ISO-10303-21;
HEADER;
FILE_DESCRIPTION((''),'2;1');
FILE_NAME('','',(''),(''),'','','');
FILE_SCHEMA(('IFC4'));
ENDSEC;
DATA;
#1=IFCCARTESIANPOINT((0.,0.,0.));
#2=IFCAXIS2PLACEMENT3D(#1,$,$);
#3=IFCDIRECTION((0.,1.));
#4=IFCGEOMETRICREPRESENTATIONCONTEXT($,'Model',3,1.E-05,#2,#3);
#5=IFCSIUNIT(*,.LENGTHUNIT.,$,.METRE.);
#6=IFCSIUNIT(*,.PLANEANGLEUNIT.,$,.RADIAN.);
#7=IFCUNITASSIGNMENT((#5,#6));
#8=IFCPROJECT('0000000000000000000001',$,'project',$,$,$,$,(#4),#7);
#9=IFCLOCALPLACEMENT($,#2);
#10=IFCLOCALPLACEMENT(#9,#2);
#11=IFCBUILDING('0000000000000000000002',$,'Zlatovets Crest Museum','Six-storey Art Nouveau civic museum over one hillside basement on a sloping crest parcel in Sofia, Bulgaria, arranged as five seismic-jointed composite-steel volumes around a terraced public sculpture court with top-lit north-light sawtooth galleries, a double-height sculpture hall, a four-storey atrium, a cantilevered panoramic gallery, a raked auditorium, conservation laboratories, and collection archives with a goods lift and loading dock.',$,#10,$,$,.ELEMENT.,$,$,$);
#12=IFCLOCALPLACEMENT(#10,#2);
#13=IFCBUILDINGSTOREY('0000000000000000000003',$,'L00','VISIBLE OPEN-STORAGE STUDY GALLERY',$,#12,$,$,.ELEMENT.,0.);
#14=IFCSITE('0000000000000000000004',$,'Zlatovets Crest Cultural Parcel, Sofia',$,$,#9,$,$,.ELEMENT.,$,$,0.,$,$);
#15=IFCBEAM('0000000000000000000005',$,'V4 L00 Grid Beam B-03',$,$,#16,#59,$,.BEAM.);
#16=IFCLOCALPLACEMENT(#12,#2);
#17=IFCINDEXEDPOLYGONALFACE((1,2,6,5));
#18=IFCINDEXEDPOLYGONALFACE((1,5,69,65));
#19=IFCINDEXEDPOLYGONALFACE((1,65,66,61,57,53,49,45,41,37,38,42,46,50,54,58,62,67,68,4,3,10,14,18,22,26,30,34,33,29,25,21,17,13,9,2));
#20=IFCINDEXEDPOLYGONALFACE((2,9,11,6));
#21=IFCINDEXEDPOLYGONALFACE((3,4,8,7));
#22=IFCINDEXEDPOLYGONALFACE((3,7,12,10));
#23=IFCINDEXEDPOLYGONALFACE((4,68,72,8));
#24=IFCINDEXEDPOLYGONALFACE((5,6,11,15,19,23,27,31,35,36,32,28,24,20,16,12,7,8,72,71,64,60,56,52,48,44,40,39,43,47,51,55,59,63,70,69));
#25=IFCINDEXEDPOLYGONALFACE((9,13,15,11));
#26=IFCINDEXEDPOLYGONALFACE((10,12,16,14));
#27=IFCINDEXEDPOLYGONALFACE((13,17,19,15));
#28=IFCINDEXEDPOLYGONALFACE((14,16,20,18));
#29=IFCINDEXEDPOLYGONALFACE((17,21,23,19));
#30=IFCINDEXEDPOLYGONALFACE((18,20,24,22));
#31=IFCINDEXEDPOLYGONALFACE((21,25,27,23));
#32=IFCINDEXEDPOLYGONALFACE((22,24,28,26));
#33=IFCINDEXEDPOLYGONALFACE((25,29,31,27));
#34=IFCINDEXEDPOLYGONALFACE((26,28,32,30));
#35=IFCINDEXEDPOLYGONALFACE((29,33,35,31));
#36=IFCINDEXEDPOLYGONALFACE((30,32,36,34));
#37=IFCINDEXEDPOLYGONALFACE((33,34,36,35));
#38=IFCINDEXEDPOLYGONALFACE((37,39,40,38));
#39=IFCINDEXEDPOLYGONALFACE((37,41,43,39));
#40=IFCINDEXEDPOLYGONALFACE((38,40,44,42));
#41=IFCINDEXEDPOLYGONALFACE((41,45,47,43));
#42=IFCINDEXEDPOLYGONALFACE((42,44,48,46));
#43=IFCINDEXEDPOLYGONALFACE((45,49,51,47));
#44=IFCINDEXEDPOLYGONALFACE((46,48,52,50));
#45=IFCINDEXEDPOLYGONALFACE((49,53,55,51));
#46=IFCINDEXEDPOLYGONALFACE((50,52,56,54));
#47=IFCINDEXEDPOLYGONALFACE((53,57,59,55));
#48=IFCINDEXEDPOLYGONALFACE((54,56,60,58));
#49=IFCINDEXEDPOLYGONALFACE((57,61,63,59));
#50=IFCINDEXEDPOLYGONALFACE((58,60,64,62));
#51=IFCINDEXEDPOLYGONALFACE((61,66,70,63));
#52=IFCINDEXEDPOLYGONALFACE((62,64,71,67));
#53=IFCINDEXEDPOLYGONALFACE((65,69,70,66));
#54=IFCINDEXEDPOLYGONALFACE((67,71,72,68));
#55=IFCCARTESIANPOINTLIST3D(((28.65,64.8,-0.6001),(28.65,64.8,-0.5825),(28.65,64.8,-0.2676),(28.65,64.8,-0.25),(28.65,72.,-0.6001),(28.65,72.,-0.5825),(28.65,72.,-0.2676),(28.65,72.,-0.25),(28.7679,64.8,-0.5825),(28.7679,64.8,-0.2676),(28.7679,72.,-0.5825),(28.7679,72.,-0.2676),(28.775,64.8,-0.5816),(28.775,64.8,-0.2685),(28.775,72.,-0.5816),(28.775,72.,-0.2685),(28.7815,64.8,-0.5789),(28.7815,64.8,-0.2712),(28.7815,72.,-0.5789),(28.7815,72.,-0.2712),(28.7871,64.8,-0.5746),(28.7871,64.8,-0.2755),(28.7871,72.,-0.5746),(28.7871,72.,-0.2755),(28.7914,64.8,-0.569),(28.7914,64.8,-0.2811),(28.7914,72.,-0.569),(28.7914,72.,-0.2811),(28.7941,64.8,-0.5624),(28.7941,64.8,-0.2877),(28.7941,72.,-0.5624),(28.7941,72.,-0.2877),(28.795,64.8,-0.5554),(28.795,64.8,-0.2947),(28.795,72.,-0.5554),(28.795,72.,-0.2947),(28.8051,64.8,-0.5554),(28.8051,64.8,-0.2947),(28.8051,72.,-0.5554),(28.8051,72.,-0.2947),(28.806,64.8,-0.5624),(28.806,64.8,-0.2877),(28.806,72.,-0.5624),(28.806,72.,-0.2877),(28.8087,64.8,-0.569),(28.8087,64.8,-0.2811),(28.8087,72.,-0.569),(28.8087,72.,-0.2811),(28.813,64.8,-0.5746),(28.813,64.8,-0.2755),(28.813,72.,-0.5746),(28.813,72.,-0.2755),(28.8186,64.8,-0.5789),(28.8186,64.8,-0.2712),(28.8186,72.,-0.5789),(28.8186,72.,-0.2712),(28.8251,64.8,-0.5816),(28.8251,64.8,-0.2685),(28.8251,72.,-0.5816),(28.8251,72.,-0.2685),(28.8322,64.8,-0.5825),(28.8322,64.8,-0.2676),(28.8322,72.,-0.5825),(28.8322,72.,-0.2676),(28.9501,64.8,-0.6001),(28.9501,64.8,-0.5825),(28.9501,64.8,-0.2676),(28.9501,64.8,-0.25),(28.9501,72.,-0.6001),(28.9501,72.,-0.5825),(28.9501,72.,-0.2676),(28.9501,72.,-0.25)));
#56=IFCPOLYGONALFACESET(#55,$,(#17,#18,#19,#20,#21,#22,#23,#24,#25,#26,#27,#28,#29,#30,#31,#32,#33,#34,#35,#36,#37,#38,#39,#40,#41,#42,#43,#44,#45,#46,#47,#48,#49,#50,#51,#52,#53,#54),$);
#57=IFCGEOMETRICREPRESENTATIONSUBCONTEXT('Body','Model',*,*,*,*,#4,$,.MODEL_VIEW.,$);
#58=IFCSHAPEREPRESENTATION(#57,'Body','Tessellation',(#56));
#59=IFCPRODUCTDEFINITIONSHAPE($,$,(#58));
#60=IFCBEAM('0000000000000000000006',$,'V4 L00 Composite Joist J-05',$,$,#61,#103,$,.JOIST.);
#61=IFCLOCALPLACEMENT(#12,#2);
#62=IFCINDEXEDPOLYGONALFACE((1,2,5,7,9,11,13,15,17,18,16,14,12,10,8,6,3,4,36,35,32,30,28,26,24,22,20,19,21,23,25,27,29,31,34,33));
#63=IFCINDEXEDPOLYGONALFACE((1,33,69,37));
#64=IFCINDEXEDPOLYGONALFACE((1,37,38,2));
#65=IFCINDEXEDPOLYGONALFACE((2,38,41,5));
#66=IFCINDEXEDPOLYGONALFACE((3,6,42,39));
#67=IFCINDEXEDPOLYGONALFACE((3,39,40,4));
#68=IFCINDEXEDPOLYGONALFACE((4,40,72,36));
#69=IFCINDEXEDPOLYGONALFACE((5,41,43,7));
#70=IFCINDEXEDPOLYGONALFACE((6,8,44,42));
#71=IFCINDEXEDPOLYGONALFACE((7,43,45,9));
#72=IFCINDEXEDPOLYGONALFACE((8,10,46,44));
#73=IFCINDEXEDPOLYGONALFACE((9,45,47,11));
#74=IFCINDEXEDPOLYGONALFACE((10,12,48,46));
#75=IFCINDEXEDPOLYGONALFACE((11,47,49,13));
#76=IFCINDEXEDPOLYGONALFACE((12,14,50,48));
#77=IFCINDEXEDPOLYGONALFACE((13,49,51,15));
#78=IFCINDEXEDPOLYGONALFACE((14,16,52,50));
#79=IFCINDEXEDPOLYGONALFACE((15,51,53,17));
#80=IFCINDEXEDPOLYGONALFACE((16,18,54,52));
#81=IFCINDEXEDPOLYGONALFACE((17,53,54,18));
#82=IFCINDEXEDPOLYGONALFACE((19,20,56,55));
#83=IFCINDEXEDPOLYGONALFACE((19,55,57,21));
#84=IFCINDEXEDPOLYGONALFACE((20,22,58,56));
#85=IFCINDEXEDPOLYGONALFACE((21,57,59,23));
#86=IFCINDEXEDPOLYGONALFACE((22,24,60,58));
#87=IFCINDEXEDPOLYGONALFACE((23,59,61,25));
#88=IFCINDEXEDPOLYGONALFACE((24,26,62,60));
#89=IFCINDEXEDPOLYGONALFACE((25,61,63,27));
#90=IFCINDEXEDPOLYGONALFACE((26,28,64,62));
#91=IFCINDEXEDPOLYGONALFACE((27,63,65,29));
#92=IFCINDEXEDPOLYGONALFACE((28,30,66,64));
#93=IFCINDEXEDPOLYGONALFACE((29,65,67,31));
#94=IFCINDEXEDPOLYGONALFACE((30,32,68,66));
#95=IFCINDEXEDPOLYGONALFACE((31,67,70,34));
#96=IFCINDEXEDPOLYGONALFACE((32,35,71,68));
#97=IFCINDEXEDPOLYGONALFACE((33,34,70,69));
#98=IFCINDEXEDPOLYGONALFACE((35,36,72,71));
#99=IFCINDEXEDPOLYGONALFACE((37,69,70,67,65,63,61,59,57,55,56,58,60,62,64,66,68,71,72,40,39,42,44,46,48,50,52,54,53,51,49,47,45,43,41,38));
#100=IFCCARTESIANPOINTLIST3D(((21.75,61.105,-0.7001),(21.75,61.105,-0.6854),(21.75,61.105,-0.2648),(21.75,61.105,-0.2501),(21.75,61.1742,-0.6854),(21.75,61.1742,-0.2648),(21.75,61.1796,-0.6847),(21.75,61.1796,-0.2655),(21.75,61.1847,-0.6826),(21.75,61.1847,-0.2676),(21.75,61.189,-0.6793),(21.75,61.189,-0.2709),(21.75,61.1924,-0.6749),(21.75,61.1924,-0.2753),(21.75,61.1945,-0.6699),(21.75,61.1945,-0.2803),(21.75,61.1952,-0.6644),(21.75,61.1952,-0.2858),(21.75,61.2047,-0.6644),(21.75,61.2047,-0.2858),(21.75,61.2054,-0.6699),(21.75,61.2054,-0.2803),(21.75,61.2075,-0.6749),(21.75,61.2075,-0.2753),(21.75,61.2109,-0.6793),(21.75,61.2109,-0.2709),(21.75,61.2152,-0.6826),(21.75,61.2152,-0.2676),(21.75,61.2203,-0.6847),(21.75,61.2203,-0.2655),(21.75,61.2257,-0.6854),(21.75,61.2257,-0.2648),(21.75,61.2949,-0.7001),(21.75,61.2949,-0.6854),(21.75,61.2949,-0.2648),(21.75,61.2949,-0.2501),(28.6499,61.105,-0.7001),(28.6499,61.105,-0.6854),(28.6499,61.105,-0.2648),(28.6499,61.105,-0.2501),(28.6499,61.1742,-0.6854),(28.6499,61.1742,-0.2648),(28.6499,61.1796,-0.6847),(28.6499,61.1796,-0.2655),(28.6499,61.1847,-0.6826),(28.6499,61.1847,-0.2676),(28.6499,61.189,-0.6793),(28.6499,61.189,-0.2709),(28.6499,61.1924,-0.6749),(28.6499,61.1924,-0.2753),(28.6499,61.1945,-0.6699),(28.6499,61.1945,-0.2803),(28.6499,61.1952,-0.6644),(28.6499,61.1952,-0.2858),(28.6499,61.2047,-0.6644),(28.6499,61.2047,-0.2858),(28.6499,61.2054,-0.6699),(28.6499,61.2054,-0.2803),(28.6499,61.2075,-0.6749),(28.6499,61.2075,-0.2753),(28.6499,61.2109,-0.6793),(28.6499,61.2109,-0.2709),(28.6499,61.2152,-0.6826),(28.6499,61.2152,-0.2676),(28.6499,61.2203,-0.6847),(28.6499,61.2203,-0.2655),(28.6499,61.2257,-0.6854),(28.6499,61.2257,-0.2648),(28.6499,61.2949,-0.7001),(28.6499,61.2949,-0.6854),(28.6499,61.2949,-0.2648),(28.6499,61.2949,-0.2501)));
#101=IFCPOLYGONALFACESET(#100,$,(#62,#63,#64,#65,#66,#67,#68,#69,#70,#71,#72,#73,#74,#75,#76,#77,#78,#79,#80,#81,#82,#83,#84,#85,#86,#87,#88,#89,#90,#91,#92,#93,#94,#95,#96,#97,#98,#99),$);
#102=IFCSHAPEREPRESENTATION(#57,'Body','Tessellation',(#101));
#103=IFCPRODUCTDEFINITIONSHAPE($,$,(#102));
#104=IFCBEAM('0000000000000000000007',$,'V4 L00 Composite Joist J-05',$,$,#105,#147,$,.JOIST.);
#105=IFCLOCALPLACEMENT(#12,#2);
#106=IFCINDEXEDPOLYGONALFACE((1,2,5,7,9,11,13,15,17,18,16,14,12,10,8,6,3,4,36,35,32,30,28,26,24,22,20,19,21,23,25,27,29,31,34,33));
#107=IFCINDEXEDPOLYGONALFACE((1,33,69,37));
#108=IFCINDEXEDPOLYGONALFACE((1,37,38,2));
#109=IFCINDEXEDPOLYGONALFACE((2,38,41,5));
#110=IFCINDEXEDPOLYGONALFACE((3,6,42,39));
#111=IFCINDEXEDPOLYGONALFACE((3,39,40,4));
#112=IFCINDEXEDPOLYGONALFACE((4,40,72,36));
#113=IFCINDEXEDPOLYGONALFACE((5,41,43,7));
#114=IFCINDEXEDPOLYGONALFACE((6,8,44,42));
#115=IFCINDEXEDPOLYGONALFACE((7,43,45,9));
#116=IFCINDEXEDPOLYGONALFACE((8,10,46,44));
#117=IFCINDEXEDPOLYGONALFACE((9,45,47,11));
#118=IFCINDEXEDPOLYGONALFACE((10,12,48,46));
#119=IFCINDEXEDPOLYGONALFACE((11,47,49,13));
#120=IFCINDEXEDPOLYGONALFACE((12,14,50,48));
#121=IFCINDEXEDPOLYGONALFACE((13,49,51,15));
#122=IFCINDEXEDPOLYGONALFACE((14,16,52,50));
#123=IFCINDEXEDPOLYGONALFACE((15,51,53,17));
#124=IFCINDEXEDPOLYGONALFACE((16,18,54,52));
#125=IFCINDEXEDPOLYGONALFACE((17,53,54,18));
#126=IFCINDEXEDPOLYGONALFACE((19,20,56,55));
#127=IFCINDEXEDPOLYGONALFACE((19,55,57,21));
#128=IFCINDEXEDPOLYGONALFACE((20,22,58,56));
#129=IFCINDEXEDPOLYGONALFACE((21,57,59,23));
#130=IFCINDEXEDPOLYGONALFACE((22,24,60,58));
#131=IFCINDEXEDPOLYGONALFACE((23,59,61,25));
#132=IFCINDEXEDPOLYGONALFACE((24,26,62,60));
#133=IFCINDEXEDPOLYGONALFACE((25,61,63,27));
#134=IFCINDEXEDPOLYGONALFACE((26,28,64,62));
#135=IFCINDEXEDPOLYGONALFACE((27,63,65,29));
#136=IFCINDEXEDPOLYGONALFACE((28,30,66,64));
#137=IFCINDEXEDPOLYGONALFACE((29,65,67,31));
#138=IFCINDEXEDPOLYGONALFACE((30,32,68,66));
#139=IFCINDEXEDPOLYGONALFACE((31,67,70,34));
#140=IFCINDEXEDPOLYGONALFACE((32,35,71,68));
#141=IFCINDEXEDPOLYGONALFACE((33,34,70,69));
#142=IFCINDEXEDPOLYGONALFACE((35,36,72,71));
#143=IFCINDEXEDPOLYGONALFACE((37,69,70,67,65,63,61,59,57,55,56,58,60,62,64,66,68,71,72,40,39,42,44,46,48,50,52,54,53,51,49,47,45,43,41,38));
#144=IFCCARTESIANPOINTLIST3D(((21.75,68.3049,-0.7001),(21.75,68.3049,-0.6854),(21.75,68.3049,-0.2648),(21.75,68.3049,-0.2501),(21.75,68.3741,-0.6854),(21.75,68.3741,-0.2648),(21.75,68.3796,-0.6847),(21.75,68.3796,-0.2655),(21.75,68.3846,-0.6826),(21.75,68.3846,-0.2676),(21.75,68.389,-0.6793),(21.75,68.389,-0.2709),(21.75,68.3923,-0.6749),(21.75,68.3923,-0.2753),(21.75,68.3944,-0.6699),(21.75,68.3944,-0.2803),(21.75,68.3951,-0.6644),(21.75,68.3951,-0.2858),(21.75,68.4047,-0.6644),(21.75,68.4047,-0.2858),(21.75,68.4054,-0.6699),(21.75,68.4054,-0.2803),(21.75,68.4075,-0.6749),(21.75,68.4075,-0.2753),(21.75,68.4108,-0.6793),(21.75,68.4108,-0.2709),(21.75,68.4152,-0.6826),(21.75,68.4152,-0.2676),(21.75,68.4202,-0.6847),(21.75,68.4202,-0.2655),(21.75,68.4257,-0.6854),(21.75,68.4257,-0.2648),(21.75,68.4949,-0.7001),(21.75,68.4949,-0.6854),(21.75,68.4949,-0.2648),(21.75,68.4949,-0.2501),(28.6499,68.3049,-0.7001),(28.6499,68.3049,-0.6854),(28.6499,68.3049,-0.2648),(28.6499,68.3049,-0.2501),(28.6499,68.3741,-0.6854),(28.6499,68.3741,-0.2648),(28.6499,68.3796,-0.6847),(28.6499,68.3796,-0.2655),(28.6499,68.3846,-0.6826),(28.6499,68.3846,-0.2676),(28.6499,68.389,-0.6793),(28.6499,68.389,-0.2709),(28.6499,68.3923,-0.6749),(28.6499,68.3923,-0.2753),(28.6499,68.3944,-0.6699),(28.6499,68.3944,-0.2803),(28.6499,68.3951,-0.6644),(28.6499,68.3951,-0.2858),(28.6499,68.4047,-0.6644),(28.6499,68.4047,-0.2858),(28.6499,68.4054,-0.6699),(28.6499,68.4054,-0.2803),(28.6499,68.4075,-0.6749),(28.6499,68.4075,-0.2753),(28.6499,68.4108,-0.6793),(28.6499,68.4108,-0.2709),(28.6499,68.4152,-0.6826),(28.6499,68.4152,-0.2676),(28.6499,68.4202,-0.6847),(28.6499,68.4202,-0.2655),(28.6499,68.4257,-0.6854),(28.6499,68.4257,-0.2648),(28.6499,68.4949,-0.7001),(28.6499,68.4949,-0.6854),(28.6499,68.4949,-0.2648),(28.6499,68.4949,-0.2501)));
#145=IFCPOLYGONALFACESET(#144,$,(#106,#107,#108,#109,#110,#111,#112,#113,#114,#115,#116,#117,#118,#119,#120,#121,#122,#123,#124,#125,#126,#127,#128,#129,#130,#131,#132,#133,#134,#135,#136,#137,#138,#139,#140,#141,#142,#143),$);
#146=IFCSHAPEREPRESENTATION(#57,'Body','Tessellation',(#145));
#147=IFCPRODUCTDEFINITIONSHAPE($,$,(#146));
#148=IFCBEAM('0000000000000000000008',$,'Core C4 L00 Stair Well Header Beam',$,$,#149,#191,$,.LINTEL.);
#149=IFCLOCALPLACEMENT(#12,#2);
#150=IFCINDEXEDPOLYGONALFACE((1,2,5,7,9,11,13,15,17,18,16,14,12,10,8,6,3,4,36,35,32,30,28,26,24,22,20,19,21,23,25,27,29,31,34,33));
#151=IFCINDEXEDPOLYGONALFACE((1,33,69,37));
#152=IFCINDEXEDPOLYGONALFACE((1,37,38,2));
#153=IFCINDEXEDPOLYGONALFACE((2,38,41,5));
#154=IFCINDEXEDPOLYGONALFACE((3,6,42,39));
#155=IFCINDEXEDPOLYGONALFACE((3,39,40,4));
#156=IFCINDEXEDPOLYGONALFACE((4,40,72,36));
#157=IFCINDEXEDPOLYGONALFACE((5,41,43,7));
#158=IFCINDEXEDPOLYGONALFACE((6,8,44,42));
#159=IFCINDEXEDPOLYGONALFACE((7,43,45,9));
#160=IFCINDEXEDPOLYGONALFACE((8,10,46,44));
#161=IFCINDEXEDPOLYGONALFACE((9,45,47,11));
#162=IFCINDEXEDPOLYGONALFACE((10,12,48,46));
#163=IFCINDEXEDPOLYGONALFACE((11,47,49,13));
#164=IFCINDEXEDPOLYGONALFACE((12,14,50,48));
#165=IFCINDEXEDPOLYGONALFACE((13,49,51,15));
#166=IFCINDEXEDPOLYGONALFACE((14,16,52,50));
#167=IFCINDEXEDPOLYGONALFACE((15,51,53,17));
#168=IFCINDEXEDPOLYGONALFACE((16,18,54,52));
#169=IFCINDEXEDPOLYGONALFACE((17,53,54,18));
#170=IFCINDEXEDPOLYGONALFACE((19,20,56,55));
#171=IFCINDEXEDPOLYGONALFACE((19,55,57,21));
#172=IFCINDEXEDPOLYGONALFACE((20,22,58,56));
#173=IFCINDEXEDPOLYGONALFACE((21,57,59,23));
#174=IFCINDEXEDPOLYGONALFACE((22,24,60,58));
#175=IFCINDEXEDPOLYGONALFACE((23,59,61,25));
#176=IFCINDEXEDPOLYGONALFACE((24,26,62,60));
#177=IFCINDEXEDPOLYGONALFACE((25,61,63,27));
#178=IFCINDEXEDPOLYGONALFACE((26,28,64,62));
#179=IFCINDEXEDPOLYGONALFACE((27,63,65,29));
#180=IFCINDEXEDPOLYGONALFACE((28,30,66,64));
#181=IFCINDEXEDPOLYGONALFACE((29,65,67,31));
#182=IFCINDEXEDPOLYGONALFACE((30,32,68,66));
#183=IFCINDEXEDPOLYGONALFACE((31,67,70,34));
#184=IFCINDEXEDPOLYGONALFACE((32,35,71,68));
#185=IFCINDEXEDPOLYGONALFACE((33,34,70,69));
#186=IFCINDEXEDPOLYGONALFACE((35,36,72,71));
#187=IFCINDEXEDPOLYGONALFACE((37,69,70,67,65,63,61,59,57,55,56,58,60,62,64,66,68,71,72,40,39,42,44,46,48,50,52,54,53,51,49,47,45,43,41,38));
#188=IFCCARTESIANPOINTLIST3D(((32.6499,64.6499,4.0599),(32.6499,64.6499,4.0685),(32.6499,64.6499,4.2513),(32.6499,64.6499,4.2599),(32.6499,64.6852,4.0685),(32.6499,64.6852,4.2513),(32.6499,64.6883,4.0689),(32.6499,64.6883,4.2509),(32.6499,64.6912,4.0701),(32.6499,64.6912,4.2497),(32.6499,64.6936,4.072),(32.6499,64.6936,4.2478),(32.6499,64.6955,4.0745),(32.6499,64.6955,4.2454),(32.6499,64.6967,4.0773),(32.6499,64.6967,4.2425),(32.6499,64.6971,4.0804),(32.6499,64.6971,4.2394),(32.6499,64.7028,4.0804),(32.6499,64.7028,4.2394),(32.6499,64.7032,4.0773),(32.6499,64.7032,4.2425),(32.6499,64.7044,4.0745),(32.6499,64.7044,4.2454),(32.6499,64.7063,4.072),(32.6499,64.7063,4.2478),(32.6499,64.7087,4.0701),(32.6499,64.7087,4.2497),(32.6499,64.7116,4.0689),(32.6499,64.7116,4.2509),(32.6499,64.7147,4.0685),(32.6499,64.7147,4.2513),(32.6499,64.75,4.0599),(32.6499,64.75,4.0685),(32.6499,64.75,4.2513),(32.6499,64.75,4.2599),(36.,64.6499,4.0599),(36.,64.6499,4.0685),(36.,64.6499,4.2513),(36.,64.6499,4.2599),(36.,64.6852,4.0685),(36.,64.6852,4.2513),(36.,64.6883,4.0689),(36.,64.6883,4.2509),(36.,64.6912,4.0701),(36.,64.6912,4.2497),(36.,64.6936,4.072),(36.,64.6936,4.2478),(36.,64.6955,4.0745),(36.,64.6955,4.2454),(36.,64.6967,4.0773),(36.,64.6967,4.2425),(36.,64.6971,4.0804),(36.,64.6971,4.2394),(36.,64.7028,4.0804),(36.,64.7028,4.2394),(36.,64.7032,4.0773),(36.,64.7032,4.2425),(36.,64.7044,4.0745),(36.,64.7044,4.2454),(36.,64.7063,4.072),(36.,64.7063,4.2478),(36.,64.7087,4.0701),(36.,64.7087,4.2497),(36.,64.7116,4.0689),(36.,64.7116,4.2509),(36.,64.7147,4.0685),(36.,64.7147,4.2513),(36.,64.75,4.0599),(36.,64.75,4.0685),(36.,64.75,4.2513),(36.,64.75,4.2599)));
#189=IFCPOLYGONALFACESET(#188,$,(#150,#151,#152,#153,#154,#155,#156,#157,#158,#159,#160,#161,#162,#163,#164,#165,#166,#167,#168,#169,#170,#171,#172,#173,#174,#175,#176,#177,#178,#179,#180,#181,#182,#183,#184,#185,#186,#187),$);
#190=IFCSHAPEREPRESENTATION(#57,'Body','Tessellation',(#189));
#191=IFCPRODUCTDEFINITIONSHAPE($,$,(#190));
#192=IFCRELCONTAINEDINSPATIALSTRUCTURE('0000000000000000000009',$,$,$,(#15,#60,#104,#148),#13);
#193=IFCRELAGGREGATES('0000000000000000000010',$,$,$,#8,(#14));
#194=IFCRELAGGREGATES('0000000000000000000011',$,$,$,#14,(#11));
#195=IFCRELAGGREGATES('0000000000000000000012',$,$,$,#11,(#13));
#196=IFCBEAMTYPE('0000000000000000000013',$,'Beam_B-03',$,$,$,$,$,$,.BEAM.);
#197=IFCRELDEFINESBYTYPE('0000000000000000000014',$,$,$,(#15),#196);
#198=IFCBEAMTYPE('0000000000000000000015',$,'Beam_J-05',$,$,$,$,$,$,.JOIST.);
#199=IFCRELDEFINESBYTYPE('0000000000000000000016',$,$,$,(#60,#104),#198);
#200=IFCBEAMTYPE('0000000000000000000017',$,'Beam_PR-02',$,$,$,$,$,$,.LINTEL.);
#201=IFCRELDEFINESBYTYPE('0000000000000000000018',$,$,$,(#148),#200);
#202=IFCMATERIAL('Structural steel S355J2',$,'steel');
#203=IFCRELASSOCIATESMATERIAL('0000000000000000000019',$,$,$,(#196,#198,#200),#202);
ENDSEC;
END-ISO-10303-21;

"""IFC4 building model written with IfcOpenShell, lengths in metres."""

from ifc_helpers import new_model, si_unit, direction, frame, origin, origin_2d, place, context, subcontext, project, spatial, i_section, extrude, material, material_profile, profile_set, type_object, element, save


model = new_model("IFC4")

# Units and contexts
model_context = context("Model", 3, precision=1e-05, world=origin(), true_north=direction((0.0, 1.0)))
body_context = subcontext(model_context, "Body", "Model", "MODEL_VIEW")
ifc_project = project(units=[si_unit("LENGTHUNIT", "METRE"), si_unit("PLANEANGLEUNIT", "RADIAN")], contexts=[model_context])

# Site, building, storey
site_placement = place(None, origin())
site = spatial("IfcSite", under=ifc_project, at=site_placement, Name="Zlatovets Crest Cultural Parcel, Sofia", CompositionType="ELEMENT", RefElevation=0.0)
building_placement = place(site_placement, origin())
building = spatial("IfcBuilding", under=site, at=building_placement, Name="Zlatovets Crest Museum", Description="Six-storey Art Nouveau civic museum over one hillside basement on a sloping crest parcel in Sofia, Bulgaria, arranged as five seismic-jointed composite-steel volumes around a terraced public sculpture court with top-lit north-light sawtooth galleries, a double-height sculpture hall, a four-storey atrium, a cantilevered panoramic gallery, a raked auditorium, conservation laboratories, and collection archives with a goods lift and loading dock.", CompositionType="ELEMENT")
storey_placement = place(building_placement, origin())
storey = spatial("IfcBuildingStorey", under=building, at=storey_placement, Name="L00", Description="VISIBLE OPEN-STORAGE STUDY GALLERY", CompositionType="ELEMENT", Elevation=0.0)

# Beams
ifc_material_1 = material(Name="Structural steel S355J2", Category="steel")
ifc_material_profile_1 = material_profile(ifc_material_1, i_section(OverallWidth=0.3, OverallDepth=0.3501, WebThickness=0.01, FlangeThickness=0.0176, FilletRadius=0.0271, at=origin_2d()), Name="HEA 360")
ifc_profile_set_1 = profile_set([ifc_material_profile_1], Name="Structural steel S355J2")
beam_type_1 = type_object("IfcBeamType", Name="Beam_B-03", PredefinedType="BEAM", material=ifc_profile_set_1)
beam_1_placement = place(storey_placement, frame((28.8, 64.8, -0.425), z_axis=(0.0, 1.0, 0.0), x_axis=(-1.0, 0.0, 0.0)))
element("IfcBeam", 1, at=beam_1_placement, inside=storey, type_object=beam_type_1, Name="V4 L00 Grid Beam B-03", PredefinedType="BEAM", context=body_context, shape_type="SweptSolid", body=[
    extrude(i_section(OverallWidth=0.3, OverallDepth=0.3501, WebThickness=0.01, FlangeThickness=0.0176, FilletRadius=0.0271, at=origin_2d()), origin(), (0.0, 0.0, 1.0), 7.2),
])
ifc_material_profile_2 = material_profile(ifc_material_1, i_section(OverallWidth=0.1899, OverallDepth=0.45, WebThickness=0.0095, FlangeThickness=0.0146, FilletRadius=0.021, at=origin_2d()), Name="IPE 450")
ifc_profile_set_2 = profile_set([ifc_material_profile_2], Name="Structural steel S355J2")
beam_type_2 = type_object("IfcBeamType", Name="Beam_J-05", PredefinedType="JOIST", material=ifc_profile_set_2)
for number, where, z_axis, x_axis, name in (
    (2, (21.75, 61.2, -0.4751), (1.0, 0.0, 0.0), (0.0, 1.0, 0.0), "V4 L00 Composite Joist J-05"),
    (3, (21.75, 68.3999, -0.4751), (1.0, 0.0, 0.0), (0.0, 1.0, 0.0), "V4 L00 Composite Joist J-05"),
):
    element("IfcBeam", number, at=place(storey_placement, frame(where, z_axis=z_axis, x_axis=x_axis)), inside=storey, type_object=beam_type_2, Name=name, PredefinedType="JOIST", context=body_context, shape_type="SweptSolid", body=[
        extrude(i_section(OverallWidth=0.1899, OverallDepth=0.45, WebThickness=0.0095, FlangeThickness=0.0146, FilletRadius=0.021, at=origin_2d()), origin(), (0.0, 0.0, 1.0), 6.8999),
    ])
ifc_material_profile_3 = material_profile(ifc_material_1, i_section(OverallWidth=0.1001, OverallDepth=0.2, WebThickness=0.0056, FlangeThickness=0.0085, FilletRadius=0.012, at=origin_2d()), Name="IPE 200")
ifc_profile_set_3 = profile_set([ifc_material_profile_3], Name="Structural steel S355J2")
beam_type_3 = type_object("IfcBeamType", Name="Beam_PR-02", PredefinedType="LINTEL", material=ifc_profile_set_3)
beam_2_placement = place(storey_placement, frame((32.6499, 64.7, 4.1599), z_axis=(1.0, 0.0, 0.0), x_axis=(0.0, 1.0, 0.0)))
element("IfcBeam", 4, at=beam_2_placement, inside=storey, type_object=beam_type_3, Name="Core C4 L00 Stair Well Header Beam", PredefinedType="LINTEL", context=body_context, shape_type="SweptSolid", body=[
    extrude(i_section(OverallWidth=0.1001, OverallDepth=0.2, WebThickness=0.0056, FlangeThickness=0.0085, FilletRadius=0.012, at=origin_2d()), origin(), (0.0, 0.0, 1.0), 3.3501),
])

save(model, "model.ifc")
